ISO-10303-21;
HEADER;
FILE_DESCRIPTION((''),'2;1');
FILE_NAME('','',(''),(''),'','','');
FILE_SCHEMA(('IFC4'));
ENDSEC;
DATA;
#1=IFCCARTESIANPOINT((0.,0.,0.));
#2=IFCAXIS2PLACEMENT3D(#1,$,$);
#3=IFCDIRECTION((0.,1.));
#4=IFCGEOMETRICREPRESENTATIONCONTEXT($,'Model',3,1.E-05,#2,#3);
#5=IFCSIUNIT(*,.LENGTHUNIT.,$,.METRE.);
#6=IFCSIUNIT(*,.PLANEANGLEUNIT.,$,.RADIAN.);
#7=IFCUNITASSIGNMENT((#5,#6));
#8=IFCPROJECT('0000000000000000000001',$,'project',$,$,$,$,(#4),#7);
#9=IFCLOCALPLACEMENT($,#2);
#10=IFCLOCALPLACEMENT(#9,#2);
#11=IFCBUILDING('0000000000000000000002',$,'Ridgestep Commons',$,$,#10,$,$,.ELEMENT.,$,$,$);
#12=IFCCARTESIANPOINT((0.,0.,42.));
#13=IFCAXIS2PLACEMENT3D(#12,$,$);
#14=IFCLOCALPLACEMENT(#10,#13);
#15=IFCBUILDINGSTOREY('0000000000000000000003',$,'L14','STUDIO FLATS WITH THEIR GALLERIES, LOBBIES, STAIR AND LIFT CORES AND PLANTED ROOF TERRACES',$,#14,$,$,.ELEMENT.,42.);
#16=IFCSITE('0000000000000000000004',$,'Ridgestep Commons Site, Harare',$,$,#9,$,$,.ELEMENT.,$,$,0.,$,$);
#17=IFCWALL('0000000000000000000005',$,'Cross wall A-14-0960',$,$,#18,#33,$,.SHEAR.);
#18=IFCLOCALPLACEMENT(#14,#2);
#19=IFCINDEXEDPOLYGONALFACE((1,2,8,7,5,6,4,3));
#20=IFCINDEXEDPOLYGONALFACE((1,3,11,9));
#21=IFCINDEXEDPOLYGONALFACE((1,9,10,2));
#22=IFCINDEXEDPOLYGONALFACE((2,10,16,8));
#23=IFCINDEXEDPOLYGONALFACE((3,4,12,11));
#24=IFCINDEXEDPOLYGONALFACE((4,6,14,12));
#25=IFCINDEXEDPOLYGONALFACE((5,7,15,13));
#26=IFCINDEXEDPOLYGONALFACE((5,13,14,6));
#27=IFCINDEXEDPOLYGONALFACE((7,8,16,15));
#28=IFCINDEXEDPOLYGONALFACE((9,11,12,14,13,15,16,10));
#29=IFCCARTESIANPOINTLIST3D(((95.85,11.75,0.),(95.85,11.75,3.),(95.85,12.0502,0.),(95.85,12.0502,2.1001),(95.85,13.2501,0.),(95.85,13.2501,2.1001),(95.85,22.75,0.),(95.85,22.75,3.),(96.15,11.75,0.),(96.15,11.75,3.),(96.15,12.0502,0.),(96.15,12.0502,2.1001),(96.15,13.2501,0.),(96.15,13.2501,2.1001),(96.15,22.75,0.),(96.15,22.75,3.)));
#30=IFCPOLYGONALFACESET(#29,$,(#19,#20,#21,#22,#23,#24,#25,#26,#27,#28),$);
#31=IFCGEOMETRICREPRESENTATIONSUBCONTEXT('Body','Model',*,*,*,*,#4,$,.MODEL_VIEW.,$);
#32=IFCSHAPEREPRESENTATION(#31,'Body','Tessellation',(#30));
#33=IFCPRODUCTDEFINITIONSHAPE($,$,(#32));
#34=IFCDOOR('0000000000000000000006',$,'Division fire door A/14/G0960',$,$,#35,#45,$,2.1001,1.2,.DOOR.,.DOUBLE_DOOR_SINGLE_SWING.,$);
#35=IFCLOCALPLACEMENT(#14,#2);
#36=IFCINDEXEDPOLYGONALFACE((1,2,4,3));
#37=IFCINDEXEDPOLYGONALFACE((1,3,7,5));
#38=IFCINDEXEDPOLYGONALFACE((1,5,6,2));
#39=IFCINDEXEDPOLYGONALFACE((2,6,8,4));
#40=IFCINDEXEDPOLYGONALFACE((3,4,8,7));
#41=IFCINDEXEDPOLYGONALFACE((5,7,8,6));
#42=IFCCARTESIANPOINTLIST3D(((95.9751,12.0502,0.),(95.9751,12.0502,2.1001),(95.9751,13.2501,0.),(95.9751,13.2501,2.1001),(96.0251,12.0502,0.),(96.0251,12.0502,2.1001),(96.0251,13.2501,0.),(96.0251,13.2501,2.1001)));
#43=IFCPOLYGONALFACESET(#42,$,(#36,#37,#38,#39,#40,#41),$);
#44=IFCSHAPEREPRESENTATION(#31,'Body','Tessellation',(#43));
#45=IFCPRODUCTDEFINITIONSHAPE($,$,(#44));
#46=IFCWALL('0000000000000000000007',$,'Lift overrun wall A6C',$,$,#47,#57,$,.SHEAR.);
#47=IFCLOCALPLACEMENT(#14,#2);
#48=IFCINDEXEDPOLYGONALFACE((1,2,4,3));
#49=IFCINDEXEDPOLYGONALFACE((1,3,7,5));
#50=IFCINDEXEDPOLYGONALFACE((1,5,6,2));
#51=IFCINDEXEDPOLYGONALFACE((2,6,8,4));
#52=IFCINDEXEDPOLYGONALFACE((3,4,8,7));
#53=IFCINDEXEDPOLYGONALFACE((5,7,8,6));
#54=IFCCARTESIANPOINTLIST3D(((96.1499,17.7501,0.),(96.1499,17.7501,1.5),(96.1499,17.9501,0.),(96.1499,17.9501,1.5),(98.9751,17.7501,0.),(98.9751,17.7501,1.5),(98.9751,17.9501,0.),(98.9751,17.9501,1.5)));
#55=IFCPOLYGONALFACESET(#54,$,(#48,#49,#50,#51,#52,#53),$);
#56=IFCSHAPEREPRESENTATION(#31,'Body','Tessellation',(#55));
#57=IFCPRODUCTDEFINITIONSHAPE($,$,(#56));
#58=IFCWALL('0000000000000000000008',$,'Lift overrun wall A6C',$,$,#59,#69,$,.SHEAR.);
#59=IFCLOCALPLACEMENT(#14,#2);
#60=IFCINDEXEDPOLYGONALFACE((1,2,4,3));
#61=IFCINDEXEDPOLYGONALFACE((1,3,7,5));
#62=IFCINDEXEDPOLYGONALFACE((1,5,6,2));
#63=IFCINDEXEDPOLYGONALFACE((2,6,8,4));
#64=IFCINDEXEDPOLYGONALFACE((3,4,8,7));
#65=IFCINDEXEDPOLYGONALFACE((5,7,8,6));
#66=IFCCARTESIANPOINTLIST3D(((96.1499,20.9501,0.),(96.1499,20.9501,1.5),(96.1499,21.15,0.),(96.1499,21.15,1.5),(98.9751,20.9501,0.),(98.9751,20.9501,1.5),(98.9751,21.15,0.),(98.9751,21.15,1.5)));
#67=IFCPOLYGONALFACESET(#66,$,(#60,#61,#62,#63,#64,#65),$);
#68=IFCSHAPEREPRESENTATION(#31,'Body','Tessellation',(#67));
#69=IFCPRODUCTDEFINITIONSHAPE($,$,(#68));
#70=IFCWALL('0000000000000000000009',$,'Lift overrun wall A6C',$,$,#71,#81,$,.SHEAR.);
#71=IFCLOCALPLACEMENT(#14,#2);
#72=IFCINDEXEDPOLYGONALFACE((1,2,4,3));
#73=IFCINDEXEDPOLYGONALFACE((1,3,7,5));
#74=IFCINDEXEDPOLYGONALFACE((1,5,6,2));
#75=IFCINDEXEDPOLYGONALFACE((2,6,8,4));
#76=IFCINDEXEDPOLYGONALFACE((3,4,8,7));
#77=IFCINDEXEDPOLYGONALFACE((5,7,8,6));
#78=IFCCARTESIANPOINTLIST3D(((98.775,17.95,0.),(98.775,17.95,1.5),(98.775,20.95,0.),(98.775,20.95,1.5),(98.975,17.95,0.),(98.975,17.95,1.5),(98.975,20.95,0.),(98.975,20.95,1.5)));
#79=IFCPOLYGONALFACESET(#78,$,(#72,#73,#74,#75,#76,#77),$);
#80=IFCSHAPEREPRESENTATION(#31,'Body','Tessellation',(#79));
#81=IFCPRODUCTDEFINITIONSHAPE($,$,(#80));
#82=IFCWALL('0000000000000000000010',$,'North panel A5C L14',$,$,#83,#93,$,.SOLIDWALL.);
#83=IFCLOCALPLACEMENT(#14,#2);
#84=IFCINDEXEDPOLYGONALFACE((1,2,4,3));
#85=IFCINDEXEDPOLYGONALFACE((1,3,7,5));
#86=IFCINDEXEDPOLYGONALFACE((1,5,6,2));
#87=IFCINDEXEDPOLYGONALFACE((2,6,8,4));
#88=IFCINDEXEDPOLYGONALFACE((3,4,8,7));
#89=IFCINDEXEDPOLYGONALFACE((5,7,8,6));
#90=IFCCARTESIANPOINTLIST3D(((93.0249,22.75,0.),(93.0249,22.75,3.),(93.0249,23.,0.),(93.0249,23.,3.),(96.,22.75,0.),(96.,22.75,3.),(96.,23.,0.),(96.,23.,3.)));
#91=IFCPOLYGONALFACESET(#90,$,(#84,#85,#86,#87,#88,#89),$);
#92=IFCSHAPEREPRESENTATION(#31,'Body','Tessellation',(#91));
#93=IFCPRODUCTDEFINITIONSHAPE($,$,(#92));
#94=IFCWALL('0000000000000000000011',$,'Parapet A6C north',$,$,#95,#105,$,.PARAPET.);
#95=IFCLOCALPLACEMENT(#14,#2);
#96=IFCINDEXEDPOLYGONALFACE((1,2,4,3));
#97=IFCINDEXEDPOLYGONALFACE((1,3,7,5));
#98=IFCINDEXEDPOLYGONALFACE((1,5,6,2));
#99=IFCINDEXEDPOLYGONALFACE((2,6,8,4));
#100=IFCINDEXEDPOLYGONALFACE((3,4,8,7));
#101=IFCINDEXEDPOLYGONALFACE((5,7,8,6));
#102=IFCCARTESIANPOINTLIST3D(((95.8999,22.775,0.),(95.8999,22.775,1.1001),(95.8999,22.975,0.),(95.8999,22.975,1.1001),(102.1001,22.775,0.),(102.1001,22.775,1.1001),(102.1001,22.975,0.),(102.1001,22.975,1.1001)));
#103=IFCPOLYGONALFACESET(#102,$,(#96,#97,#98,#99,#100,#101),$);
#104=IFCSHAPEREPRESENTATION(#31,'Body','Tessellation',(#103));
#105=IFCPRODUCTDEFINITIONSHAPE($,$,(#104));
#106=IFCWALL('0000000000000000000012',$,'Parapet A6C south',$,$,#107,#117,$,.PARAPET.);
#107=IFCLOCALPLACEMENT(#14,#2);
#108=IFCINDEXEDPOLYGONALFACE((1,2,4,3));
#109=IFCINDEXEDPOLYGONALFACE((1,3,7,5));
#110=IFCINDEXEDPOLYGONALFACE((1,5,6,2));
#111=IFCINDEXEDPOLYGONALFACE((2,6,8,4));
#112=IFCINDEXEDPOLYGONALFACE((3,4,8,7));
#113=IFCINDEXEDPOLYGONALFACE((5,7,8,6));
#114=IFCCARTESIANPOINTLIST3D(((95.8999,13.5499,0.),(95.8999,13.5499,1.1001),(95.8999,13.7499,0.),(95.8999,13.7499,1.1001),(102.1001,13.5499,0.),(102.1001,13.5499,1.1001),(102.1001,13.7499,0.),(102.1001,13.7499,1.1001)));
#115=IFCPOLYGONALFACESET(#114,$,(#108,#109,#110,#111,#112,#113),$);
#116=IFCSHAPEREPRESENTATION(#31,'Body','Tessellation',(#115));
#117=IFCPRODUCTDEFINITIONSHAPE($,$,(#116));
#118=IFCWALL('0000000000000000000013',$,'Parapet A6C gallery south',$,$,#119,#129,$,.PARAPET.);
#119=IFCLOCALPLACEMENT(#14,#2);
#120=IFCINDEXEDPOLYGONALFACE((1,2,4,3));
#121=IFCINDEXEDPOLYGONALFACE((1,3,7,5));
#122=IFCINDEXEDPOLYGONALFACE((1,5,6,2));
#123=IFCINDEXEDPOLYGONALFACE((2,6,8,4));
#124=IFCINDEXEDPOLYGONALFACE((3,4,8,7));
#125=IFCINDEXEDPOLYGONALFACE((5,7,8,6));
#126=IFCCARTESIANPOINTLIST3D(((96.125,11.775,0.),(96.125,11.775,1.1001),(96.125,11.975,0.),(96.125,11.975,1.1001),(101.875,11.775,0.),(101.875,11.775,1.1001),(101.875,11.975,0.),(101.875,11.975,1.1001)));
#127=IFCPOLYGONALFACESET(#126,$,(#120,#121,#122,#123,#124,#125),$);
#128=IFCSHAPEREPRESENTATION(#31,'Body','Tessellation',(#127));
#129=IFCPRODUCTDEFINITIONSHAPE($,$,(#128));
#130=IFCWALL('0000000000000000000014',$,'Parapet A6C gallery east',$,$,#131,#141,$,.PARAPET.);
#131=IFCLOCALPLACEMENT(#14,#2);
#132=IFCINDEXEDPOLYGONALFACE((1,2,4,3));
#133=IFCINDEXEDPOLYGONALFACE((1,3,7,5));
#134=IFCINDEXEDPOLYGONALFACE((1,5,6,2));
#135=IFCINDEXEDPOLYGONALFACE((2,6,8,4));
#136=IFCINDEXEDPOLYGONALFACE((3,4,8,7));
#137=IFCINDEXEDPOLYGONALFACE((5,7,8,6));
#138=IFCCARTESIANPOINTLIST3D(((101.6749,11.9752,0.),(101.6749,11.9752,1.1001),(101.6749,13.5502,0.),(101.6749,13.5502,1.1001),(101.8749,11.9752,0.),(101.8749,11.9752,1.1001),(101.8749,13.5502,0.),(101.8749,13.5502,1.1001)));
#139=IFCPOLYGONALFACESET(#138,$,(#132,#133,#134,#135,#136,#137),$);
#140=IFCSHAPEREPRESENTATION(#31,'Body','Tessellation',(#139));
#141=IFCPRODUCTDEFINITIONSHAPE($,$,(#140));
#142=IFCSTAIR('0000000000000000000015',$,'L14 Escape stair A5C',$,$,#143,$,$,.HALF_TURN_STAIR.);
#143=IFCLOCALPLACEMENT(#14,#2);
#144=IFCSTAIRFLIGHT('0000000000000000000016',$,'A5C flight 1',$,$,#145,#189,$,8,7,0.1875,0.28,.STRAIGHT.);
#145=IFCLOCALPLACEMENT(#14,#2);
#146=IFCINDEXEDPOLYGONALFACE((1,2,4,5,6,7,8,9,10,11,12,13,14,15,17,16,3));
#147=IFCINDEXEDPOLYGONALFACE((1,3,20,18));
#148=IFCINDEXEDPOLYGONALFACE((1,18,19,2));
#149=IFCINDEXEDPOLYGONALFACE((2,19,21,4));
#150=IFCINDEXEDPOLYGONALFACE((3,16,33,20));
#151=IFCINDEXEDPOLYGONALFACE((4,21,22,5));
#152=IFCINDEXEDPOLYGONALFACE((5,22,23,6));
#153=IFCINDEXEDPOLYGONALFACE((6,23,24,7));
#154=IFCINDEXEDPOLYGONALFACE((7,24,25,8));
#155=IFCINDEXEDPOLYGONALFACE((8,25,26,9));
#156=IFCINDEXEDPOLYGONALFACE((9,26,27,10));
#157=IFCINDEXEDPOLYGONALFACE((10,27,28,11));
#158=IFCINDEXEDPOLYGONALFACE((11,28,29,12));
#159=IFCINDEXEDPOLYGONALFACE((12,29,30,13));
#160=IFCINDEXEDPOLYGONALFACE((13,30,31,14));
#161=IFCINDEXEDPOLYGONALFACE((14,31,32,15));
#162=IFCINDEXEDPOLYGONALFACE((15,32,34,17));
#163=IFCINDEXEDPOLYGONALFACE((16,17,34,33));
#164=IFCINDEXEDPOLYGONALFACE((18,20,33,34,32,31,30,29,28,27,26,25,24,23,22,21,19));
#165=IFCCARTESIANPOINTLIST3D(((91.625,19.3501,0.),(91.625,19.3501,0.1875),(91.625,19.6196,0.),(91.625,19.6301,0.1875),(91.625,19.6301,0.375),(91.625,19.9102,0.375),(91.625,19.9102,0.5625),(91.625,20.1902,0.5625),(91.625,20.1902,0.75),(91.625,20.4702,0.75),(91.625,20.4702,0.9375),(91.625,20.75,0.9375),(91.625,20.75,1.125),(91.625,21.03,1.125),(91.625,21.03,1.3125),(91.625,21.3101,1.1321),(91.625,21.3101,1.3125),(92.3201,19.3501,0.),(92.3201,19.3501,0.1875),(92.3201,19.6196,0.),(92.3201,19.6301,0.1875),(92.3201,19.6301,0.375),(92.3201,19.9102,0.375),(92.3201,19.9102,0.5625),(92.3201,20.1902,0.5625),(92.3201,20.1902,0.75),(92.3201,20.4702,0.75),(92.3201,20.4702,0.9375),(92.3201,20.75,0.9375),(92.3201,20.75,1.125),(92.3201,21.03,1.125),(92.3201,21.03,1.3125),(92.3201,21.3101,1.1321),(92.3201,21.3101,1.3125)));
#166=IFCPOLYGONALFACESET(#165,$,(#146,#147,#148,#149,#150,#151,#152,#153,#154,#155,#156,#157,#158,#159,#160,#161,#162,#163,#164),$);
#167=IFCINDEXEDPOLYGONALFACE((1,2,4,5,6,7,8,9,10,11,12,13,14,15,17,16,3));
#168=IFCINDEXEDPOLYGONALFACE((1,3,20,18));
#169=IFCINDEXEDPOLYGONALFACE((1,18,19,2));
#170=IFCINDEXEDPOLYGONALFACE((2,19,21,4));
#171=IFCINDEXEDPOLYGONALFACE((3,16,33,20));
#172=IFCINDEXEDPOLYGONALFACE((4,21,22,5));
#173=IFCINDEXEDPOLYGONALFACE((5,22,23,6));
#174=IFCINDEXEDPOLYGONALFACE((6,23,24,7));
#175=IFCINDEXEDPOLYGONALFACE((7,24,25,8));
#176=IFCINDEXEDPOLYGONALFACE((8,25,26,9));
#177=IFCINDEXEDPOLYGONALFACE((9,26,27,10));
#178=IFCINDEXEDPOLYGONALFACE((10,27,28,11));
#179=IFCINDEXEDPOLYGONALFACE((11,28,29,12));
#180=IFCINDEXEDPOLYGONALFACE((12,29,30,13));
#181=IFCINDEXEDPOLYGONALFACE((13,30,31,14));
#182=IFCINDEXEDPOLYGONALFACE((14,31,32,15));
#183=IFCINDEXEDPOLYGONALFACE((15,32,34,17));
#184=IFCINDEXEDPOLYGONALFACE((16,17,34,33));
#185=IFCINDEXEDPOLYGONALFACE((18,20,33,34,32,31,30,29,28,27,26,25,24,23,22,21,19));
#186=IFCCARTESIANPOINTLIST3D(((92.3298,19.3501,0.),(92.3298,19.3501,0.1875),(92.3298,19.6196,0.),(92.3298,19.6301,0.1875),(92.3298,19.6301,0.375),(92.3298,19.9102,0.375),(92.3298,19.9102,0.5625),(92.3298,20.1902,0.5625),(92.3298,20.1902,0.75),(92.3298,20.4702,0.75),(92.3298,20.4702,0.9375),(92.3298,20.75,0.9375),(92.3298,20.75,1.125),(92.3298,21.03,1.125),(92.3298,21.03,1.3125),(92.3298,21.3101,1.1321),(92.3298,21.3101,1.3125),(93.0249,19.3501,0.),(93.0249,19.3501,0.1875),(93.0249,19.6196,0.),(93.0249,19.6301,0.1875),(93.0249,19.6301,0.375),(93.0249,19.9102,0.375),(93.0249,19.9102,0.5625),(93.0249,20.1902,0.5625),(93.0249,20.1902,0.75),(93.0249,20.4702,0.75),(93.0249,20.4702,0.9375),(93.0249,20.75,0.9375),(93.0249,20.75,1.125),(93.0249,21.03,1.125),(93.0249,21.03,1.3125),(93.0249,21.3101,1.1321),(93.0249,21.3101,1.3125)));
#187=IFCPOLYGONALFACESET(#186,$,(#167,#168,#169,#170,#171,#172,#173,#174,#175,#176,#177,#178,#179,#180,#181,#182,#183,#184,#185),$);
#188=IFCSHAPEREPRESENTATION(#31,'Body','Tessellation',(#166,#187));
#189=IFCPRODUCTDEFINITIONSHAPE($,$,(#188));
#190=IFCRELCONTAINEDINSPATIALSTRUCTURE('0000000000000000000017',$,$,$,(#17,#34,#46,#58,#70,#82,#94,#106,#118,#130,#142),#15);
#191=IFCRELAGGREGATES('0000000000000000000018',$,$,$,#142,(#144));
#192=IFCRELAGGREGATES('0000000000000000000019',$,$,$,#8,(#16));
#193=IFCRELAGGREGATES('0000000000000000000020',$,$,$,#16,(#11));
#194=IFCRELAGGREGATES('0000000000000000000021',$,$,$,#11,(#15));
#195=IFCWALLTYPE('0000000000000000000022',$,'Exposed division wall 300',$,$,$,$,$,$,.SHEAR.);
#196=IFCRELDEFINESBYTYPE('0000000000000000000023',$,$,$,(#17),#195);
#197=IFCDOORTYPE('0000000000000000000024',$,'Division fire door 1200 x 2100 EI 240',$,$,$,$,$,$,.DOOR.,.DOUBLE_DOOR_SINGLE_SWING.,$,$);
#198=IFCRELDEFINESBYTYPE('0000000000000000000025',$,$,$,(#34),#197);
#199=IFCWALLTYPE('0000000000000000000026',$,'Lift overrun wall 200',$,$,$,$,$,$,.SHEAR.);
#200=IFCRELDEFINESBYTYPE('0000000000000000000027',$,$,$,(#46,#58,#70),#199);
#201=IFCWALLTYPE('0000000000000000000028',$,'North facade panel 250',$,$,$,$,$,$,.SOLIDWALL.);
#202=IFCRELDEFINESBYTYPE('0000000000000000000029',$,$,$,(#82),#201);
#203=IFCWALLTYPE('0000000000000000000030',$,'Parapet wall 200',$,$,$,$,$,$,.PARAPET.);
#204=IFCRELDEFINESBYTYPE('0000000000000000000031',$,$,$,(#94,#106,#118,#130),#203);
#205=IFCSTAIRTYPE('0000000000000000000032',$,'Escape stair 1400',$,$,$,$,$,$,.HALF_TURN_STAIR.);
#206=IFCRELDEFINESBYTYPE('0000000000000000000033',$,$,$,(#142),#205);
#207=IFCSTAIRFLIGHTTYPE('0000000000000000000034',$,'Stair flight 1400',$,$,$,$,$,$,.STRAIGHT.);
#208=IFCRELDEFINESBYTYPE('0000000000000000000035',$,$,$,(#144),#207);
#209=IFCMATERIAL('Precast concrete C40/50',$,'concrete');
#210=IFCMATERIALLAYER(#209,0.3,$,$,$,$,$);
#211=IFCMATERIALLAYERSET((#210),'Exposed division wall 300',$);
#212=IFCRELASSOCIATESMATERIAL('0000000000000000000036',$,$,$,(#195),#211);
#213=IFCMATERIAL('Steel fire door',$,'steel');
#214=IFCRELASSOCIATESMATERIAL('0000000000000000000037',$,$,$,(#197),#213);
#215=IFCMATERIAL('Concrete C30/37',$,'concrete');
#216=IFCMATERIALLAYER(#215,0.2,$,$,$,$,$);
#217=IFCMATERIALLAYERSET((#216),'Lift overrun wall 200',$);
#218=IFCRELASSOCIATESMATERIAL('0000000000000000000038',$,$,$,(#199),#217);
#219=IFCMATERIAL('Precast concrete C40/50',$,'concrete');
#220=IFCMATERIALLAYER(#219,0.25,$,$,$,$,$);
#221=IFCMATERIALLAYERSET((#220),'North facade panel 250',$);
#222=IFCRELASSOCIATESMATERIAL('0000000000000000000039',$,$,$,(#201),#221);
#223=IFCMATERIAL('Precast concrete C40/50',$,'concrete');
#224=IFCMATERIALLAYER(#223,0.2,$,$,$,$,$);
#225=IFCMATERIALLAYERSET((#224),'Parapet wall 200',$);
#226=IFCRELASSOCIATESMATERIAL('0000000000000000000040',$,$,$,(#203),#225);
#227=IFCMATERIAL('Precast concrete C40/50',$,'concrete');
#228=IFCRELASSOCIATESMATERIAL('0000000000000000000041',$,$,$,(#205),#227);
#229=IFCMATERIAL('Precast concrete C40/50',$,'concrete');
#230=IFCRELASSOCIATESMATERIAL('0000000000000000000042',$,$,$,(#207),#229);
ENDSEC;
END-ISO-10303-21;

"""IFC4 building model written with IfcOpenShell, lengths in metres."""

from ifc_helpers import new_model, si_unit, direction, frame, frame_2d, origin, place, context, subcontext, project, spatial, polyline, rectangle, outline, extrude, material, layer, layer_set, type_object, element, fill, aggregate, save


model = new_model("IFC4")

# Units and contexts
model_context = context("Model", 3, precision=1e-05, world=origin(), true_north=direction((0.0, 1.0)))
body_context = subcontext(model_context, "Body", "Model", "MODEL_VIEW")
ifc_project = project(units=[si_unit("LENGTHUNIT", "METRE"), si_unit("PLANEANGLEUNIT", "RADIAN")], contexts=[model_context])

# Site, building, storey
site_placement = place(None, origin())
site = spatial("IfcSite", under=ifc_project, at=site_placement, Name="Ridgestep Commons Site, Harare", CompositionType="ELEMENT", RefElevation=0.0)
building_placement = place(site_placement, origin())
building = spatial("IfcBuilding", under=site, at=building_placement, Name="Ridgestep Commons", CompositionType="ELEMENT")
storey_placement = place(building_placement, frame((0.0, 0.0, 42.0)))
storey = spatial("IfcBuildingStorey", under=building, at=storey_placement, Name="L14", Description="STUDIO FLATS WITH THEIR GALLERIES, LOBBIES, STAIR AND LIFT CORES AND PLANTED ROOF TERRACES", CompositionType="ELEMENT", Elevation=42.0)

# Wall, opening, door
ifc_material_1 = material(Name="Precast concrete C40/50", Category="concrete")
ifc_layer_1 = layer(ifc_material_1, 0.3)
ifc_layer_set_1 = layer_set([ifc_layer_1], Name="Exposed division wall 300")
wall_type_1 = type_object("IfcWallType", Name="Exposed division wall 300", PredefinedType="SHEAR", material=ifc_layer_set_1)
wall_1_placement = place(storey_placement, frame((96.0, 11.75, 0.0), z_axis=(0.0, 0.0, 1.0), x_axis=(0.0, 1.0, 0.0)))
wall_1 = element("IfcWall", 1, at=wall_1_placement, inside=storey, type_object=wall_type_1, Name="Cross wall A-14-0960", PredefinedType="SHEAR", context=body_context, shape_type="SweptSolid", body=[
    extrude(rectangle(XDim=11.0, YDim=0.3, at=frame_2d((5.5, 0.0))), origin(), (0.0, 0.0, 1.0), 3.0),
])
opening_1_placement = place(wall_1_placement, frame((0.3, 0.0, 0.0)))
opening_1 = element("IfcOpeningElement", 2, at=opening_1_placement, cuts=wall_1, PredefinedType="OPENING", context=body_context, shape_type="SweptSolid", body=[
    extrude(rectangle(XDim=1.2, YDim=2.1001, at=frame_2d((0.6001, 1.05))), frame((0.0, 0.1599, 0.0), z_axis=(0.0, -1.0, 0.0), x_axis=(1.0, 0.0, 0.0)), (0.0, 0.0, 1.0), 0.3201),
])
ifc_material_2 = material(Name="Steel fire door", Category="steel")
door_type_1 = type_object("IfcDoorType", Name="Division fire door 1200 x 2100 EI 240", OperationType="DOUBLE_DOOR_SINGLE_SWING", PredefinedType="DOOR", material=ifc_material_2)
door_1_placement = place(opening_1_placement, origin())
door_1 = element("IfcDoor", 3, at=door_1_placement, inside=storey, type_object=door_type_1, Name="Division fire door A/14/G0960", OperationType="DOUBLE_DOOR_SINGLE_SWING", OverallHeight=2.1001, OverallWidth=1.2, PredefinedType="DOOR", context=body_context, shape_type="SweptSolid", body=[
    extrude(rectangle(XDim=1.2, YDim=2.1001, at=frame_2d((0.6001, 1.05))), frame((0.0, 0.0249, 0.0), z_axis=(0.0, -1.0, 0.0), x_axis=(1.0, 0.0, 0.0)), (0.0, 0.0, 1.0), 0.05),
])
fill(opening_1, door_1)

# Walls
ifc_material_3 = material(Name="Concrete C30/37", Category="concrete")
ifc_layer_2 = layer(ifc_material_3, 0.2)
ifc_layer_set_2 = layer_set([ifc_layer_2], Name="Lift overrun wall 200")
wall_type_2 = type_object("IfcWallType", Name="Lift overrun wall 200", PredefinedType="SHEAR", material=ifc_layer_set_2)
for number, where, z_axis, x_axis, name in (
    (4, (96.1499, 17.8501, 0.0), (0.0, 0.0, 1.0), (1.0, 0.0, 0.0), "Lift overrun wall A6C"),
    (5, (96.1499, 21.05, 0.0), (0.0, 0.0, 1.0), (1.0, 0.0, 0.0), "Lift overrun wall A6C"),
):
    element("IfcWall", number, at=place(storey_placement, frame(where, z_axis=z_axis, x_axis=x_axis)), inside=storey, type_object=wall_type_2, Name=name, PredefinedType="SHEAR", context=body_context, shape_type="SweptSolid", body=[
        extrude(rectangle(XDim=2.8252, YDim=0.2, at=frame_2d((1.4126, 0.0))), origin(), (0.0, 0.0, 1.0), 1.5),
    ])
wall_2_placement = place(storey_placement, frame((98.875, 17.95, 0.0), z_axis=(0.0, 0.0, 1.0), x_axis=(0.0, 1.0, 0.0)))
element("IfcWall", 6, at=wall_2_placement, inside=storey, type_object=wall_type_2, Name="Lift overrun wall A6C", PredefinedType="SHEAR", context=body_context, shape_type="SweptSolid", body=[
    extrude(rectangle(XDim=3.0, YDim=0.2, at=frame_2d((1.5, 0.0))), origin(), (0.0, 0.0, 1.0), 1.5),
])
ifc_material_4 = material(Name="Precast concrete C40/50", Category="concrete")
ifc_layer_3 = layer(ifc_material_4, 0.25)
ifc_layer_set_3 = layer_set([ifc_layer_3], Name="North facade panel 250")
wall_type_3 = type_object("IfcWallType", Name="North facade panel 250", PredefinedType="SOLIDWALL", material=ifc_layer_set_3)
wall_3_placement = place(storey_placement, frame((93.0249, 22.875, 0.0), z_axis=(0.0, 0.0, 1.0), x_axis=(1.0, 0.0, 0.0)))
element("IfcWall", 7, at=wall_3_placement, inside=storey, type_object=wall_type_3, Name="North panel A5C L14", PredefinedType="SOLIDWALL", context=body_context, shape_type="SweptSolid", body=[
    extrude(rectangle(XDim=2.9751, YDim=0.25, at=frame_2d((1.4875, 0.0))), origin(), (0.0, 0.0, 1.0), 3.0),
])
ifc_material_5 = material(Name="Precast concrete C40/50", Category="concrete")
ifc_layer_4 = layer(ifc_material_5, 0.2)
ifc_layer_set_4 = layer_set([ifc_layer_4], Name="Parapet wall 200")
wall_type_4 = type_object("IfcWallType", Name="Parapet wall 200", PredefinedType="PARAPET", material=ifc_layer_set_4)
for number, where, z_axis, x_axis, name in (
    (8, (95.8999, 22.875, 0.0), (0.0, 0.0, 1.0), (1.0, 0.0, 0.0), "Parapet A6C north"),
    (9, (95.8999, 13.6499, 0.0), (0.0, 0.0, 1.0), (1.0, 0.0, 0.0), "Parapet A6C south"),
):
    element("IfcWall", number, at=place(storey_placement, frame(where, z_axis=z_axis, x_axis=x_axis)), inside=storey, type_object=wall_type_4, Name=name, PredefinedType="PARAPET", context=body_context, shape_type="SweptSolid", body=[
        extrude(rectangle(XDim=6.2002, YDim=0.2, at=frame_2d((3.1001, 0.0))), origin(), (0.0, 0.0, 1.0), 1.1001),
    ])
wall_4_placement = place(storey_placement, frame((96.125, 11.875, 0.0), z_axis=(0.0, 0.0, 1.0), x_axis=(1.0, 0.0, 0.0)))
element("IfcWall", 10, at=wall_4_placement, inside=storey, type_object=wall_type_4, Name="Parapet A6C gallery south", PredefinedType="PARAPET", context=body_context, shape_type="SweptSolid", body=[
    extrude(rectangle(XDim=5.75, YDim=0.2, at=frame_2d((2.875, 0.0))), origin(), (0.0, 0.0, 1.0), 1.1001),
])
wall_5_placement = place(storey_placement, frame((101.7749, 11.9751, 0.0), z_axis=(0.0, 0.0, 1.0), x_axis=(0.0, 1.0, 0.0)))
element("IfcWall", 11, at=wall_5_placement, inside=storey, type_object=wall_type_4, Name="Parapet A6C gallery east", PredefinedType="PARAPET", context=body_context, shape_type="SweptSolid", body=[
    extrude(rectangle(XDim=1.575, YDim=0.2, at=frame_2d((0.7876, 0.0))), origin(), (0.0, 0.0, 1.0), 1.1001),
])

# Stair, stair flight
ifc_material_6 = material(Name="Precast concrete C40/50", Category="concrete")
stair_type = type_object("IfcStairType", Name="Escape stair 1400", PredefinedType="HALF_TURN_STAIR", material=ifc_material_6)
stair_placement = place(storey_placement, origin())
stair = element("IfcStair", 12, at=stair_placement, inside=storey, type_object=stair_type, Name="L14 Escape stair A5C", PredefinedType="HALF_TURN_STAIR")
ifc_material_7 = material(Name="Precast concrete C40/50", Category="concrete")
stair_flight_type = type_object("IfcStairFlightType", Name="Stair flight 1400", PredefinedType="STRAIGHT", material=ifc_material_7)
stair_flight_placement = place(storey_placement, frame((92.325, 19.3501, 0.0), z_axis=(0.0, 0.0, 1.0), x_axis=(0.0, 1.0, 0.0)))
stair_flight = element("IfcStairFlight", 13, at=stair_flight_placement, type_object=stair_flight_type, Name="A5C flight 1", NumberOfRisers=8, NumberOfTreads=7, PredefinedType="STRAIGHT", RiserHeight=0.1875, TreadLength=0.28, context=body_context, shape_type="SweptSolid", body=[
    extrude(outline(polyline([(0.0, 0.0), (0.0, 0.1875), (0.28, 0.1875), (0.28, 0.375), (0.5601, 0.375), (0.5601, 0.5625), (0.8401, 0.5625), (0.8401, 0.75), (1.1201, 0.75), (1.1201, 0.9375), (1.3999, 0.9375), (1.3999, 1.125), (1.6799, 1.125), (1.6799, 1.3125), (1.96, 1.3125), (1.96, 1.5), (1.96, 1.1321), (0.2695, 0.0), (0.0, 0.0)])), frame((0.0, 0.7, 0.0), z_axis=(0.0, -1.0, 0.0), x_axis=(1.0, 0.0, 0.0)), (0.0, 0.0, 1.0), 0.6951),
    extrude(outline(polyline([(0.0, 0.0), (0.0, 0.1875), (0.28, 0.1875), (0.28, 0.375), (0.5601, 0.375), (0.5601, 0.5625), (0.8401, 0.5625), (0.8401, 0.75), (1.1201, 0.75), (1.1201, 0.9375), (1.3999, 0.9375), (1.3999, 1.125), (1.6799, 1.125), (1.6799, 1.3125), (1.96, 1.3125), (1.96, 1.5), (1.96, 1.1321), (0.2695, 0.0), (0.0, 0.0)])), frame((0.0, -0.0049, 0.0), z_axis=(0.0, -1.0, 0.0), x_axis=(1.0, 0.0, 0.0)), (0.0, 0.0, 1.0), 0.6951),
])
aggregate(stair, [stair_flight])

save(model, "model.ifc")
